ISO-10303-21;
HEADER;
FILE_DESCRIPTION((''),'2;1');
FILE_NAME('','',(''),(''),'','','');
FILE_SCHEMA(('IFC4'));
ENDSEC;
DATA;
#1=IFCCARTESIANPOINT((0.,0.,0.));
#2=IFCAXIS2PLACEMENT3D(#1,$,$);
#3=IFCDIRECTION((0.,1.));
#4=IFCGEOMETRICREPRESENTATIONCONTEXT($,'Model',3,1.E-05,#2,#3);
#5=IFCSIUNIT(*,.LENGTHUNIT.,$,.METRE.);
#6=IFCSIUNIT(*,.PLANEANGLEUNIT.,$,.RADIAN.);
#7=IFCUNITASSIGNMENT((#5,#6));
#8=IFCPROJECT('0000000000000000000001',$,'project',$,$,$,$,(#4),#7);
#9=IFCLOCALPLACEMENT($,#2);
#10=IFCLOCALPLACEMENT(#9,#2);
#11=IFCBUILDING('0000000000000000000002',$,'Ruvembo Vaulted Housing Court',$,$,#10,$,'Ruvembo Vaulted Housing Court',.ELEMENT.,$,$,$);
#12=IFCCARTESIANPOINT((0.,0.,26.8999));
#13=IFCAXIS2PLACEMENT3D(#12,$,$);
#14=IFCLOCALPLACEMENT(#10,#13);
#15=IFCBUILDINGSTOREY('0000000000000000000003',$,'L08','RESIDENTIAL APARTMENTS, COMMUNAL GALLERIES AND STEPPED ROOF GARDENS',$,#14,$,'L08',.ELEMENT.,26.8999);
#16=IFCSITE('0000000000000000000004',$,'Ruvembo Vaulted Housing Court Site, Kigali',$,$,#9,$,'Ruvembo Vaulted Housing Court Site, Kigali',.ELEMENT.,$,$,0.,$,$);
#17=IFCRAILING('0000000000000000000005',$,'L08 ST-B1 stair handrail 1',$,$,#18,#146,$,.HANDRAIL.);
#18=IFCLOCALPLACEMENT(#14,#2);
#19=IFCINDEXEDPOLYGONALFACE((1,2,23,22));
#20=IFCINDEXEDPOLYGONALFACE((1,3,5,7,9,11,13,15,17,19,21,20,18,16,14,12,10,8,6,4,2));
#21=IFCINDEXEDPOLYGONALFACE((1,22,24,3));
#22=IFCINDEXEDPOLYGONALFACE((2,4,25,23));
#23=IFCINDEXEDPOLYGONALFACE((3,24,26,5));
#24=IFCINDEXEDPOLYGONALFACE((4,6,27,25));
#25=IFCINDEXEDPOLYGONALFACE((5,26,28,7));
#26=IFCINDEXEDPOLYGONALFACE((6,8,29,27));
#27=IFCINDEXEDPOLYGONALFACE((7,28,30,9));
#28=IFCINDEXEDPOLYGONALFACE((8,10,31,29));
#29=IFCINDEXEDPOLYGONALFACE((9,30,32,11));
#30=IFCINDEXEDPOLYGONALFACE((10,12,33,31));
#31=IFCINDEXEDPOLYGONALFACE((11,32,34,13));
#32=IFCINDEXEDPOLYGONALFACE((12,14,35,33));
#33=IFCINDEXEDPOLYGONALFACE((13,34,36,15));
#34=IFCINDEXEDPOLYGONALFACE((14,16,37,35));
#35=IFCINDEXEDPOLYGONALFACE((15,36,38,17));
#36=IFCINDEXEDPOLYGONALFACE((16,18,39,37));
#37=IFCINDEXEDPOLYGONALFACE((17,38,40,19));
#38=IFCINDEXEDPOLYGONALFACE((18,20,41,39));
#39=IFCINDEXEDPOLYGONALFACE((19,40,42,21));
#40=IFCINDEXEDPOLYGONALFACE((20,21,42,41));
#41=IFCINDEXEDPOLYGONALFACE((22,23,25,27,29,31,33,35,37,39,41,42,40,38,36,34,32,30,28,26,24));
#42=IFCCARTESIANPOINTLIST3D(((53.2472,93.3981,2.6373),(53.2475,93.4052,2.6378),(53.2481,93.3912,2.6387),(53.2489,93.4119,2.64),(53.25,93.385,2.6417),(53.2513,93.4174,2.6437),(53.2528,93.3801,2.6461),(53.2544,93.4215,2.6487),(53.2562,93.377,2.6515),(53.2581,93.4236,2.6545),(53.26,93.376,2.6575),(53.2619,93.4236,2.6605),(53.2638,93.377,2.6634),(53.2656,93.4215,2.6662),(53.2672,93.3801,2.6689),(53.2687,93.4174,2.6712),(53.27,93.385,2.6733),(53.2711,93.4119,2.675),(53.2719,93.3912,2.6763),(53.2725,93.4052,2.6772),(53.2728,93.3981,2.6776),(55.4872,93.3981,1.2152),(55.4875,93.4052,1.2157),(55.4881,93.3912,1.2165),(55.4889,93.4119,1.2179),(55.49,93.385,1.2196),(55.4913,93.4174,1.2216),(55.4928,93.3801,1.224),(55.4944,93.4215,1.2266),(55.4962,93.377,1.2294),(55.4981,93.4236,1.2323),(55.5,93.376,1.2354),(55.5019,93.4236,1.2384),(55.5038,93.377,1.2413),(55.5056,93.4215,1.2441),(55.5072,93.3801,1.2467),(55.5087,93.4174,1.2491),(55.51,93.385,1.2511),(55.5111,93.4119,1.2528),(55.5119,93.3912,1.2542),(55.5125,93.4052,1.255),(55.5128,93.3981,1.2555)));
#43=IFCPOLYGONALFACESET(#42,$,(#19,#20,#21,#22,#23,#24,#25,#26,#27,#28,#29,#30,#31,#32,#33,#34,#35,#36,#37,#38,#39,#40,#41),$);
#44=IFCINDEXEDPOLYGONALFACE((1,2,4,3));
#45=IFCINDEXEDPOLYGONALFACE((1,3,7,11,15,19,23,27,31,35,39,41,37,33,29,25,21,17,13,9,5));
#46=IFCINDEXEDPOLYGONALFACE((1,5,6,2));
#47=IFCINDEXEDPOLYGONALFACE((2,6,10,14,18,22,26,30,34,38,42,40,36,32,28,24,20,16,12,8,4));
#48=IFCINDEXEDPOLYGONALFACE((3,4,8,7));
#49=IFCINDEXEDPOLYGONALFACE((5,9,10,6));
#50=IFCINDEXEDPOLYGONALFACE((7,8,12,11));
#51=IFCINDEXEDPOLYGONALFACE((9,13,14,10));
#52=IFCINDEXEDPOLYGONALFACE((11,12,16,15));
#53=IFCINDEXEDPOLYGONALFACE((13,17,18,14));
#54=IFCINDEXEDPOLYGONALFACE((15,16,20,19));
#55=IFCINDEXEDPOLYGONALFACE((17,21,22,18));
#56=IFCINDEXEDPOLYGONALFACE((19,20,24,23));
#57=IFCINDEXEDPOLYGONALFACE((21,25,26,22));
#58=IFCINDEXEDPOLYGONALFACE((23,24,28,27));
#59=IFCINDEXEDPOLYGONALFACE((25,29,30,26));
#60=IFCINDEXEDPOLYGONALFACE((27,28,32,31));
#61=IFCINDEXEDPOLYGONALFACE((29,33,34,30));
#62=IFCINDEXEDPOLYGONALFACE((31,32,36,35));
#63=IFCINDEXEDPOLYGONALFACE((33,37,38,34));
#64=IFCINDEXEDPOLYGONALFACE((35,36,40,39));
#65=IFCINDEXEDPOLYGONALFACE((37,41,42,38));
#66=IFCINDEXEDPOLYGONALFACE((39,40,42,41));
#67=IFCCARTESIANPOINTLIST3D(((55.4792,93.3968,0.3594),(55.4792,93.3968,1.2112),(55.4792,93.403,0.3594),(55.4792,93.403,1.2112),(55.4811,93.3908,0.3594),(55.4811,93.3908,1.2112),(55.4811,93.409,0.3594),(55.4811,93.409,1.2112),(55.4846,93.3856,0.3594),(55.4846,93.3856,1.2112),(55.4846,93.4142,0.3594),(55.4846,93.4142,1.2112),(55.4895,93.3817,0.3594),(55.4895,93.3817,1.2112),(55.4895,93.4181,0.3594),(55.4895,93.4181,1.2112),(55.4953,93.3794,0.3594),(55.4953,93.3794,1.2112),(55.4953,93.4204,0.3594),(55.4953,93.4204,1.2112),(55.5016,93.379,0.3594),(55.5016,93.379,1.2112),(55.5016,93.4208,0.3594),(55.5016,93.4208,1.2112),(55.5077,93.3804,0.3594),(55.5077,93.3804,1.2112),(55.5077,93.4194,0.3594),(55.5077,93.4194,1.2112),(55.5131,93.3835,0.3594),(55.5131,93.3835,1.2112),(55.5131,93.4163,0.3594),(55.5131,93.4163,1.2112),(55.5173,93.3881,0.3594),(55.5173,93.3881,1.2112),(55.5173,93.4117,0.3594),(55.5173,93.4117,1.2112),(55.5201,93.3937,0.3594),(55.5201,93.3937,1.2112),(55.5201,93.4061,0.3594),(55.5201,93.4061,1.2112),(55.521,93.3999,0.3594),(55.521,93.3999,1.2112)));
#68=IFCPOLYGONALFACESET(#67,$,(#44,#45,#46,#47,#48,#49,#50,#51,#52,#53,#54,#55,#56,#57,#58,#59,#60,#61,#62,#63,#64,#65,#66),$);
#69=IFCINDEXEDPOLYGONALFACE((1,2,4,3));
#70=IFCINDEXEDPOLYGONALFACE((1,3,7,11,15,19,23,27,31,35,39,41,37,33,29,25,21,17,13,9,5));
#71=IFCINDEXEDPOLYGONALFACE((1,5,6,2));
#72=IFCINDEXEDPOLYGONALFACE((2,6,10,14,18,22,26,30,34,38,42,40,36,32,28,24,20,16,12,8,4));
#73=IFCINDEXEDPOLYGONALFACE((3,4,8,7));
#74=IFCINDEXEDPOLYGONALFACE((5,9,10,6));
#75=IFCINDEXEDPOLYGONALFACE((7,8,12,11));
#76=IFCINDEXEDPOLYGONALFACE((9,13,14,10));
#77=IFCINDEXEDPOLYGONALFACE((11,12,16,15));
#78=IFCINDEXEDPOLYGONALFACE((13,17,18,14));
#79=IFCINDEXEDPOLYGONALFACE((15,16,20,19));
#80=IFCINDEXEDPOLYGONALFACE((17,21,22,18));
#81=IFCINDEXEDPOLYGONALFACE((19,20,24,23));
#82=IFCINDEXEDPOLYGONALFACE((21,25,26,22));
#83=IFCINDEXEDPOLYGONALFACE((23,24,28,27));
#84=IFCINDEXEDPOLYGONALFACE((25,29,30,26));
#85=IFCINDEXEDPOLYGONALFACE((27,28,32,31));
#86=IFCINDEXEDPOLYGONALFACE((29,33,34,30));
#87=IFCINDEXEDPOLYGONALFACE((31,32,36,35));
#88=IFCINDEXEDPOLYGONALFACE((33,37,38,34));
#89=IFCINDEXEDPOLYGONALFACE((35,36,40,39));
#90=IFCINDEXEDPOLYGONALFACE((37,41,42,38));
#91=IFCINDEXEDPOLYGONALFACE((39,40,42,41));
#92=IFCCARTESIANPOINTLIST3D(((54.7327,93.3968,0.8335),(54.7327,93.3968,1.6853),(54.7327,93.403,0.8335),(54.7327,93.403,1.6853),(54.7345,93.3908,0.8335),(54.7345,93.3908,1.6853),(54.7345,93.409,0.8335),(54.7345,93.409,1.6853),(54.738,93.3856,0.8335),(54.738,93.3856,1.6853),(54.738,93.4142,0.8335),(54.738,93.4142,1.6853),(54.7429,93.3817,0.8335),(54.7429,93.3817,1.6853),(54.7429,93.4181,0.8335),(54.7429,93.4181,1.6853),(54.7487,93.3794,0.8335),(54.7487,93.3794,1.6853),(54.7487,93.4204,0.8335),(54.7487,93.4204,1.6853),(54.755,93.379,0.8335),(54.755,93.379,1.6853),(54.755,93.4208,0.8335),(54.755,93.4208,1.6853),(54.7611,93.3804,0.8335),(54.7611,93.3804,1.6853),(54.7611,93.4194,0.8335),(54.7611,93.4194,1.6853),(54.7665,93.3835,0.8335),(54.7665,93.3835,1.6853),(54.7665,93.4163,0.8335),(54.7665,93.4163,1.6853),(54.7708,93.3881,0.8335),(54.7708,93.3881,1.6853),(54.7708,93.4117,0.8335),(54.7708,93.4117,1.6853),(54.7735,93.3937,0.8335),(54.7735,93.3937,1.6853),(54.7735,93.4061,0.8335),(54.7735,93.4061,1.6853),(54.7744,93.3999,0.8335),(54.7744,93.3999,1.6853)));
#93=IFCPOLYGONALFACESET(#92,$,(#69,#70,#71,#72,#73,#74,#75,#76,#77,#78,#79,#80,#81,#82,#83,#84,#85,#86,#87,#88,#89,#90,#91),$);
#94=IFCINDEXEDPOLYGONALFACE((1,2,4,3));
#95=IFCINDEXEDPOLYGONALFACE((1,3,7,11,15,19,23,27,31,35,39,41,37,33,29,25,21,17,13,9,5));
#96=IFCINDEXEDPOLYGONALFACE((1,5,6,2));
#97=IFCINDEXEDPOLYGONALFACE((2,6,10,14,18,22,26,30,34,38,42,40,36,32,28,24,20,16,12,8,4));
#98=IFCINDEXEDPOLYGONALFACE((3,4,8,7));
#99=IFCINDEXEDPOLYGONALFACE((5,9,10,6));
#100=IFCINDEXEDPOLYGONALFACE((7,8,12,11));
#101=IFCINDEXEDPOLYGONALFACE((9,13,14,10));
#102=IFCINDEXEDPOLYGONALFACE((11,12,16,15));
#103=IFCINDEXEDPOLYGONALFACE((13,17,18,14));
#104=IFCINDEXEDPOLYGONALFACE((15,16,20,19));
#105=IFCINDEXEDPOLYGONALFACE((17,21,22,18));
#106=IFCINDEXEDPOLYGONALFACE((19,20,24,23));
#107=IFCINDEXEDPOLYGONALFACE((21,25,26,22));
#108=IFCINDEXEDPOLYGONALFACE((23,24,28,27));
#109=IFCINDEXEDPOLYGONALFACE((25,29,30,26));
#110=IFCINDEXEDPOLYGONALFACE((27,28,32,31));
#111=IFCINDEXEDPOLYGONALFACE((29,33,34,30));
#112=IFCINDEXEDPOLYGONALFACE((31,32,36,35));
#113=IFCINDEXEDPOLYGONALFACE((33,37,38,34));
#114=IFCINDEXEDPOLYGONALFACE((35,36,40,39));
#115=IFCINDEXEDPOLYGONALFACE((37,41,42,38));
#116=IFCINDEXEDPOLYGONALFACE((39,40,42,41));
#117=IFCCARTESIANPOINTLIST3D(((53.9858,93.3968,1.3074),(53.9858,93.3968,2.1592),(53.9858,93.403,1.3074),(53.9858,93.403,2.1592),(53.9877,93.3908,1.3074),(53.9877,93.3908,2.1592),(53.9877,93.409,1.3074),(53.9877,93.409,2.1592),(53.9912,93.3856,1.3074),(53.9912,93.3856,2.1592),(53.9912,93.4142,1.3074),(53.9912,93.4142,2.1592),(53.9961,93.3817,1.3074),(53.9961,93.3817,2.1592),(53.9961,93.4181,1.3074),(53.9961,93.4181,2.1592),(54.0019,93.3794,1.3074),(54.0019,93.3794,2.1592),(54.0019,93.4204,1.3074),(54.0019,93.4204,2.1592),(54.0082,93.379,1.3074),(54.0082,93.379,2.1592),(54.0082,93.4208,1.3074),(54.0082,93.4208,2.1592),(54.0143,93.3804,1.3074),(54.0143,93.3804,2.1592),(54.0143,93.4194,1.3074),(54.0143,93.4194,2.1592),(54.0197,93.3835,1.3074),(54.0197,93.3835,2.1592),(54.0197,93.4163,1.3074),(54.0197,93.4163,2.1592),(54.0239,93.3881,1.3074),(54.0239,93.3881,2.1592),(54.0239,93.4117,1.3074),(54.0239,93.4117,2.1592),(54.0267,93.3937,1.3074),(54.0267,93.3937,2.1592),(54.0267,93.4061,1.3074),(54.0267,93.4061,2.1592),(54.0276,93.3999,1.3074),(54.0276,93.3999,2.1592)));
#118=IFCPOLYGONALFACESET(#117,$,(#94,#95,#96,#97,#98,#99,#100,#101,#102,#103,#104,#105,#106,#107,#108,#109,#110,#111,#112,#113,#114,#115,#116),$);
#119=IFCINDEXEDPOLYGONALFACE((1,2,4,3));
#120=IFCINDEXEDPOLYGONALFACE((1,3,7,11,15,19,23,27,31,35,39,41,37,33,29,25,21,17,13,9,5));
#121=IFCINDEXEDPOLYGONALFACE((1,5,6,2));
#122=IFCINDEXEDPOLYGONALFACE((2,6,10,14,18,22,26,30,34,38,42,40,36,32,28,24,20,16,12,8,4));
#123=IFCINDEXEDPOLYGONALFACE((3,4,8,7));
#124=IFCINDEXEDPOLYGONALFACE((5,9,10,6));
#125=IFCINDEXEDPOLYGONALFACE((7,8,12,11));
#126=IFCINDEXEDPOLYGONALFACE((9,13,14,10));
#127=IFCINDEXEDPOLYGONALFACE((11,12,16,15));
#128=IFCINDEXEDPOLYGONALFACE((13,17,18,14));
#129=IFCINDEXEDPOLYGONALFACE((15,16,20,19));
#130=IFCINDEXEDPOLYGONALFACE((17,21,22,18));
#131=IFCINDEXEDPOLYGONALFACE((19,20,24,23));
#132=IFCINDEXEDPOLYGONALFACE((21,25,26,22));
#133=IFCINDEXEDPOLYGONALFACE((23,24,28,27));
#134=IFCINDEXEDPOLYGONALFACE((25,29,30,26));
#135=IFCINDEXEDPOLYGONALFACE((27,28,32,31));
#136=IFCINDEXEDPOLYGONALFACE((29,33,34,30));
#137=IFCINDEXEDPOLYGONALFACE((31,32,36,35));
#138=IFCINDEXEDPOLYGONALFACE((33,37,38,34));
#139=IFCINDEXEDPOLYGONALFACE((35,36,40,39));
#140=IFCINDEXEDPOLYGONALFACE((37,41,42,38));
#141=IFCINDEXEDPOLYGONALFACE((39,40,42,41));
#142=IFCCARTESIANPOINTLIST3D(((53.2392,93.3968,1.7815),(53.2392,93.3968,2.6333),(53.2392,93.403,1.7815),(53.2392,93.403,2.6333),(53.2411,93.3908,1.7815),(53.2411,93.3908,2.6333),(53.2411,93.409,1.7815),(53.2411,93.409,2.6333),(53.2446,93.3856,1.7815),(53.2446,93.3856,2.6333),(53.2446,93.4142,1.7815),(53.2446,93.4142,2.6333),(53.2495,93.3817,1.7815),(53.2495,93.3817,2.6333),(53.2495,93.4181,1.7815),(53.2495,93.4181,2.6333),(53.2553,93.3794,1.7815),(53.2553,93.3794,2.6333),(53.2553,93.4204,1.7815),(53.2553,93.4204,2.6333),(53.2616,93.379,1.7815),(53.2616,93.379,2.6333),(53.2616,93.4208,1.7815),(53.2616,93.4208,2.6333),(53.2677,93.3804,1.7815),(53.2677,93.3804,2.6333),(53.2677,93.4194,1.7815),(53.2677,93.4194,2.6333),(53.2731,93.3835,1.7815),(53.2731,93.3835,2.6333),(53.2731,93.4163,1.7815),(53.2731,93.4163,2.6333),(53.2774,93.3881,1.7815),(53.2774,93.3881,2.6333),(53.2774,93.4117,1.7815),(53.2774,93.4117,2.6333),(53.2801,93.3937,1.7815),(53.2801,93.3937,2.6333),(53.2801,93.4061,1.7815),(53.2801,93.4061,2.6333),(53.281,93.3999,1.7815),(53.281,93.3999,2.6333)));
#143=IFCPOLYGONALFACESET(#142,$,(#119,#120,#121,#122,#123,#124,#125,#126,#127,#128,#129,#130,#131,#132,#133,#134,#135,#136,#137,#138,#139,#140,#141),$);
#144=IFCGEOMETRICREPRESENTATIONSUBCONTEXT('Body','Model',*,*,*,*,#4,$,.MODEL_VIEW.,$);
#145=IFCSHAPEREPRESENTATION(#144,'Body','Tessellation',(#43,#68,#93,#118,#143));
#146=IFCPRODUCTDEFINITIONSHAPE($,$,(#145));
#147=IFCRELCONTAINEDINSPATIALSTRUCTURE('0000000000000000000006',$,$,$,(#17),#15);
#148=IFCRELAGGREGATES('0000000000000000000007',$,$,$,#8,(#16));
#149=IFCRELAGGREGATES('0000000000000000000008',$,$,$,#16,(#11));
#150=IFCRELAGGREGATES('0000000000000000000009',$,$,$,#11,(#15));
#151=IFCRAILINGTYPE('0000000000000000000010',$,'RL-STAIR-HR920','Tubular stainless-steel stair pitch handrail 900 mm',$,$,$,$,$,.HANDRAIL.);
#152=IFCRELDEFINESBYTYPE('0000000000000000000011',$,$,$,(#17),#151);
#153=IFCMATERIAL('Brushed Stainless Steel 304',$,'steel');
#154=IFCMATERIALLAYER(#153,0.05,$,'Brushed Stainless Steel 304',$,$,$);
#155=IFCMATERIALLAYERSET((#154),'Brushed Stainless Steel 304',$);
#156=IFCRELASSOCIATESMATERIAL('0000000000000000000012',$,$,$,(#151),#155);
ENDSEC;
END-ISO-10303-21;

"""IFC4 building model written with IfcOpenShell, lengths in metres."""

from ifc_helpers import new_model, si_unit, direction, frame, origin, origin_2d, place, context, subcontext, project, spatial, circle, extrude, material, layer, layer_set, type_object, element, save


model = new_model("IFC4")

# Units and contexts
model_context = context("Model", 3, precision=1e-05, world=origin(), true_north=direction((0.0, 1.0)))
body_context = subcontext(model_context, "Body", "Model", "MODEL_VIEW")
ifc_project = project(units=[si_unit("LENGTHUNIT", "METRE"), si_unit("PLANEANGLEUNIT", "RADIAN")], contexts=[model_context])

# Site, building, storey
site_placement = place(None, origin())
site = spatial("IfcSite", under=ifc_project, at=site_placement, Name="Ruvembo Vaulted Housing Court Site, Kigali", LongName="Ruvembo Vaulted Housing Court Site, Kigali", CompositionType="ELEMENT", RefElevation=0.0)
building_placement = place(site_placement, origin())
building = spatial("IfcBuilding", under=site, at=building_placement, Name="Ruvembo Vaulted Housing Court", LongName="Ruvembo Vaulted Housing Court", CompositionType="ELEMENT")
storey_placement = place(building_placement, frame((0.0, 0.0, 26.8999)))
storey = spatial("IfcBuildingStorey", under=building, at=storey_placement, Name="L08", Description="RESIDENTIAL APARTMENTS, COMMUNAL GALLERIES AND STEPPED ROOF GARDENS", LongName="L08", CompositionType="ELEMENT", Elevation=26.8999)

# Railing
ifc_material_1 = material(Name="Brushed Stainless Steel 304", Category="steel")
ifc_layer_1 = layer(ifc_material_1, 0.05, Name="Brushed Stainless Steel 304")
ifc_layer_set_1 = layer_set([ifc_layer_1], Name="Brushed Stainless Steel 304")
railing_type_1 = type_object("IfcRailingType", Name="RL-STAIR-HR920", Description="Tubular stainless-steel stair pitch handrail 900 mm", PredefinedType="HANDRAIL", material=ifc_layer_set_1)
railing_1_placement = place(storey_placement, frame((55.5, 93.3999, 0.3594)))
element("IfcRailing", 1, at=railing_1_placement, inside=storey, type_object=railing_type_1, Name="L08 ST-B1 stair handrail 1", PredefinedType="HANDRAIL", context=body_context, shape_type="SweptSolid", body=[
    extrude(circle(Radius=0.0239, at=origin_2d()), frame((0.0, 0.0, 0.876), z_axis=(-0.844229, 0.0, 0.535982), x_axis=(0.0, -1.0, 0.0)), (0.0, 0.0, 1.0), 2.6533),
    extrude(circle(Radius=0.021, at=origin_2d()), origin(), (0.0, 0.0, 1.0), 0.8518),
    extrude(circle(Radius=0.021, at=origin_2d()), frame((-0.7466, 0.0, 0.4741)), (0.0, 0.0, 1.0), 0.8518),
    extrude(circle(Radius=0.021, at=origin_2d()), frame((-1.4934, 0.0, 0.948)), (0.0, 0.0, 1.0), 0.8518),
    extrude(circle(Radius=0.021, at=origin_2d()), frame((-2.24, 0.0, 1.4221)), (0.0, 0.0, 1.0), 0.8518),
])

save(model, "model.ifc")
